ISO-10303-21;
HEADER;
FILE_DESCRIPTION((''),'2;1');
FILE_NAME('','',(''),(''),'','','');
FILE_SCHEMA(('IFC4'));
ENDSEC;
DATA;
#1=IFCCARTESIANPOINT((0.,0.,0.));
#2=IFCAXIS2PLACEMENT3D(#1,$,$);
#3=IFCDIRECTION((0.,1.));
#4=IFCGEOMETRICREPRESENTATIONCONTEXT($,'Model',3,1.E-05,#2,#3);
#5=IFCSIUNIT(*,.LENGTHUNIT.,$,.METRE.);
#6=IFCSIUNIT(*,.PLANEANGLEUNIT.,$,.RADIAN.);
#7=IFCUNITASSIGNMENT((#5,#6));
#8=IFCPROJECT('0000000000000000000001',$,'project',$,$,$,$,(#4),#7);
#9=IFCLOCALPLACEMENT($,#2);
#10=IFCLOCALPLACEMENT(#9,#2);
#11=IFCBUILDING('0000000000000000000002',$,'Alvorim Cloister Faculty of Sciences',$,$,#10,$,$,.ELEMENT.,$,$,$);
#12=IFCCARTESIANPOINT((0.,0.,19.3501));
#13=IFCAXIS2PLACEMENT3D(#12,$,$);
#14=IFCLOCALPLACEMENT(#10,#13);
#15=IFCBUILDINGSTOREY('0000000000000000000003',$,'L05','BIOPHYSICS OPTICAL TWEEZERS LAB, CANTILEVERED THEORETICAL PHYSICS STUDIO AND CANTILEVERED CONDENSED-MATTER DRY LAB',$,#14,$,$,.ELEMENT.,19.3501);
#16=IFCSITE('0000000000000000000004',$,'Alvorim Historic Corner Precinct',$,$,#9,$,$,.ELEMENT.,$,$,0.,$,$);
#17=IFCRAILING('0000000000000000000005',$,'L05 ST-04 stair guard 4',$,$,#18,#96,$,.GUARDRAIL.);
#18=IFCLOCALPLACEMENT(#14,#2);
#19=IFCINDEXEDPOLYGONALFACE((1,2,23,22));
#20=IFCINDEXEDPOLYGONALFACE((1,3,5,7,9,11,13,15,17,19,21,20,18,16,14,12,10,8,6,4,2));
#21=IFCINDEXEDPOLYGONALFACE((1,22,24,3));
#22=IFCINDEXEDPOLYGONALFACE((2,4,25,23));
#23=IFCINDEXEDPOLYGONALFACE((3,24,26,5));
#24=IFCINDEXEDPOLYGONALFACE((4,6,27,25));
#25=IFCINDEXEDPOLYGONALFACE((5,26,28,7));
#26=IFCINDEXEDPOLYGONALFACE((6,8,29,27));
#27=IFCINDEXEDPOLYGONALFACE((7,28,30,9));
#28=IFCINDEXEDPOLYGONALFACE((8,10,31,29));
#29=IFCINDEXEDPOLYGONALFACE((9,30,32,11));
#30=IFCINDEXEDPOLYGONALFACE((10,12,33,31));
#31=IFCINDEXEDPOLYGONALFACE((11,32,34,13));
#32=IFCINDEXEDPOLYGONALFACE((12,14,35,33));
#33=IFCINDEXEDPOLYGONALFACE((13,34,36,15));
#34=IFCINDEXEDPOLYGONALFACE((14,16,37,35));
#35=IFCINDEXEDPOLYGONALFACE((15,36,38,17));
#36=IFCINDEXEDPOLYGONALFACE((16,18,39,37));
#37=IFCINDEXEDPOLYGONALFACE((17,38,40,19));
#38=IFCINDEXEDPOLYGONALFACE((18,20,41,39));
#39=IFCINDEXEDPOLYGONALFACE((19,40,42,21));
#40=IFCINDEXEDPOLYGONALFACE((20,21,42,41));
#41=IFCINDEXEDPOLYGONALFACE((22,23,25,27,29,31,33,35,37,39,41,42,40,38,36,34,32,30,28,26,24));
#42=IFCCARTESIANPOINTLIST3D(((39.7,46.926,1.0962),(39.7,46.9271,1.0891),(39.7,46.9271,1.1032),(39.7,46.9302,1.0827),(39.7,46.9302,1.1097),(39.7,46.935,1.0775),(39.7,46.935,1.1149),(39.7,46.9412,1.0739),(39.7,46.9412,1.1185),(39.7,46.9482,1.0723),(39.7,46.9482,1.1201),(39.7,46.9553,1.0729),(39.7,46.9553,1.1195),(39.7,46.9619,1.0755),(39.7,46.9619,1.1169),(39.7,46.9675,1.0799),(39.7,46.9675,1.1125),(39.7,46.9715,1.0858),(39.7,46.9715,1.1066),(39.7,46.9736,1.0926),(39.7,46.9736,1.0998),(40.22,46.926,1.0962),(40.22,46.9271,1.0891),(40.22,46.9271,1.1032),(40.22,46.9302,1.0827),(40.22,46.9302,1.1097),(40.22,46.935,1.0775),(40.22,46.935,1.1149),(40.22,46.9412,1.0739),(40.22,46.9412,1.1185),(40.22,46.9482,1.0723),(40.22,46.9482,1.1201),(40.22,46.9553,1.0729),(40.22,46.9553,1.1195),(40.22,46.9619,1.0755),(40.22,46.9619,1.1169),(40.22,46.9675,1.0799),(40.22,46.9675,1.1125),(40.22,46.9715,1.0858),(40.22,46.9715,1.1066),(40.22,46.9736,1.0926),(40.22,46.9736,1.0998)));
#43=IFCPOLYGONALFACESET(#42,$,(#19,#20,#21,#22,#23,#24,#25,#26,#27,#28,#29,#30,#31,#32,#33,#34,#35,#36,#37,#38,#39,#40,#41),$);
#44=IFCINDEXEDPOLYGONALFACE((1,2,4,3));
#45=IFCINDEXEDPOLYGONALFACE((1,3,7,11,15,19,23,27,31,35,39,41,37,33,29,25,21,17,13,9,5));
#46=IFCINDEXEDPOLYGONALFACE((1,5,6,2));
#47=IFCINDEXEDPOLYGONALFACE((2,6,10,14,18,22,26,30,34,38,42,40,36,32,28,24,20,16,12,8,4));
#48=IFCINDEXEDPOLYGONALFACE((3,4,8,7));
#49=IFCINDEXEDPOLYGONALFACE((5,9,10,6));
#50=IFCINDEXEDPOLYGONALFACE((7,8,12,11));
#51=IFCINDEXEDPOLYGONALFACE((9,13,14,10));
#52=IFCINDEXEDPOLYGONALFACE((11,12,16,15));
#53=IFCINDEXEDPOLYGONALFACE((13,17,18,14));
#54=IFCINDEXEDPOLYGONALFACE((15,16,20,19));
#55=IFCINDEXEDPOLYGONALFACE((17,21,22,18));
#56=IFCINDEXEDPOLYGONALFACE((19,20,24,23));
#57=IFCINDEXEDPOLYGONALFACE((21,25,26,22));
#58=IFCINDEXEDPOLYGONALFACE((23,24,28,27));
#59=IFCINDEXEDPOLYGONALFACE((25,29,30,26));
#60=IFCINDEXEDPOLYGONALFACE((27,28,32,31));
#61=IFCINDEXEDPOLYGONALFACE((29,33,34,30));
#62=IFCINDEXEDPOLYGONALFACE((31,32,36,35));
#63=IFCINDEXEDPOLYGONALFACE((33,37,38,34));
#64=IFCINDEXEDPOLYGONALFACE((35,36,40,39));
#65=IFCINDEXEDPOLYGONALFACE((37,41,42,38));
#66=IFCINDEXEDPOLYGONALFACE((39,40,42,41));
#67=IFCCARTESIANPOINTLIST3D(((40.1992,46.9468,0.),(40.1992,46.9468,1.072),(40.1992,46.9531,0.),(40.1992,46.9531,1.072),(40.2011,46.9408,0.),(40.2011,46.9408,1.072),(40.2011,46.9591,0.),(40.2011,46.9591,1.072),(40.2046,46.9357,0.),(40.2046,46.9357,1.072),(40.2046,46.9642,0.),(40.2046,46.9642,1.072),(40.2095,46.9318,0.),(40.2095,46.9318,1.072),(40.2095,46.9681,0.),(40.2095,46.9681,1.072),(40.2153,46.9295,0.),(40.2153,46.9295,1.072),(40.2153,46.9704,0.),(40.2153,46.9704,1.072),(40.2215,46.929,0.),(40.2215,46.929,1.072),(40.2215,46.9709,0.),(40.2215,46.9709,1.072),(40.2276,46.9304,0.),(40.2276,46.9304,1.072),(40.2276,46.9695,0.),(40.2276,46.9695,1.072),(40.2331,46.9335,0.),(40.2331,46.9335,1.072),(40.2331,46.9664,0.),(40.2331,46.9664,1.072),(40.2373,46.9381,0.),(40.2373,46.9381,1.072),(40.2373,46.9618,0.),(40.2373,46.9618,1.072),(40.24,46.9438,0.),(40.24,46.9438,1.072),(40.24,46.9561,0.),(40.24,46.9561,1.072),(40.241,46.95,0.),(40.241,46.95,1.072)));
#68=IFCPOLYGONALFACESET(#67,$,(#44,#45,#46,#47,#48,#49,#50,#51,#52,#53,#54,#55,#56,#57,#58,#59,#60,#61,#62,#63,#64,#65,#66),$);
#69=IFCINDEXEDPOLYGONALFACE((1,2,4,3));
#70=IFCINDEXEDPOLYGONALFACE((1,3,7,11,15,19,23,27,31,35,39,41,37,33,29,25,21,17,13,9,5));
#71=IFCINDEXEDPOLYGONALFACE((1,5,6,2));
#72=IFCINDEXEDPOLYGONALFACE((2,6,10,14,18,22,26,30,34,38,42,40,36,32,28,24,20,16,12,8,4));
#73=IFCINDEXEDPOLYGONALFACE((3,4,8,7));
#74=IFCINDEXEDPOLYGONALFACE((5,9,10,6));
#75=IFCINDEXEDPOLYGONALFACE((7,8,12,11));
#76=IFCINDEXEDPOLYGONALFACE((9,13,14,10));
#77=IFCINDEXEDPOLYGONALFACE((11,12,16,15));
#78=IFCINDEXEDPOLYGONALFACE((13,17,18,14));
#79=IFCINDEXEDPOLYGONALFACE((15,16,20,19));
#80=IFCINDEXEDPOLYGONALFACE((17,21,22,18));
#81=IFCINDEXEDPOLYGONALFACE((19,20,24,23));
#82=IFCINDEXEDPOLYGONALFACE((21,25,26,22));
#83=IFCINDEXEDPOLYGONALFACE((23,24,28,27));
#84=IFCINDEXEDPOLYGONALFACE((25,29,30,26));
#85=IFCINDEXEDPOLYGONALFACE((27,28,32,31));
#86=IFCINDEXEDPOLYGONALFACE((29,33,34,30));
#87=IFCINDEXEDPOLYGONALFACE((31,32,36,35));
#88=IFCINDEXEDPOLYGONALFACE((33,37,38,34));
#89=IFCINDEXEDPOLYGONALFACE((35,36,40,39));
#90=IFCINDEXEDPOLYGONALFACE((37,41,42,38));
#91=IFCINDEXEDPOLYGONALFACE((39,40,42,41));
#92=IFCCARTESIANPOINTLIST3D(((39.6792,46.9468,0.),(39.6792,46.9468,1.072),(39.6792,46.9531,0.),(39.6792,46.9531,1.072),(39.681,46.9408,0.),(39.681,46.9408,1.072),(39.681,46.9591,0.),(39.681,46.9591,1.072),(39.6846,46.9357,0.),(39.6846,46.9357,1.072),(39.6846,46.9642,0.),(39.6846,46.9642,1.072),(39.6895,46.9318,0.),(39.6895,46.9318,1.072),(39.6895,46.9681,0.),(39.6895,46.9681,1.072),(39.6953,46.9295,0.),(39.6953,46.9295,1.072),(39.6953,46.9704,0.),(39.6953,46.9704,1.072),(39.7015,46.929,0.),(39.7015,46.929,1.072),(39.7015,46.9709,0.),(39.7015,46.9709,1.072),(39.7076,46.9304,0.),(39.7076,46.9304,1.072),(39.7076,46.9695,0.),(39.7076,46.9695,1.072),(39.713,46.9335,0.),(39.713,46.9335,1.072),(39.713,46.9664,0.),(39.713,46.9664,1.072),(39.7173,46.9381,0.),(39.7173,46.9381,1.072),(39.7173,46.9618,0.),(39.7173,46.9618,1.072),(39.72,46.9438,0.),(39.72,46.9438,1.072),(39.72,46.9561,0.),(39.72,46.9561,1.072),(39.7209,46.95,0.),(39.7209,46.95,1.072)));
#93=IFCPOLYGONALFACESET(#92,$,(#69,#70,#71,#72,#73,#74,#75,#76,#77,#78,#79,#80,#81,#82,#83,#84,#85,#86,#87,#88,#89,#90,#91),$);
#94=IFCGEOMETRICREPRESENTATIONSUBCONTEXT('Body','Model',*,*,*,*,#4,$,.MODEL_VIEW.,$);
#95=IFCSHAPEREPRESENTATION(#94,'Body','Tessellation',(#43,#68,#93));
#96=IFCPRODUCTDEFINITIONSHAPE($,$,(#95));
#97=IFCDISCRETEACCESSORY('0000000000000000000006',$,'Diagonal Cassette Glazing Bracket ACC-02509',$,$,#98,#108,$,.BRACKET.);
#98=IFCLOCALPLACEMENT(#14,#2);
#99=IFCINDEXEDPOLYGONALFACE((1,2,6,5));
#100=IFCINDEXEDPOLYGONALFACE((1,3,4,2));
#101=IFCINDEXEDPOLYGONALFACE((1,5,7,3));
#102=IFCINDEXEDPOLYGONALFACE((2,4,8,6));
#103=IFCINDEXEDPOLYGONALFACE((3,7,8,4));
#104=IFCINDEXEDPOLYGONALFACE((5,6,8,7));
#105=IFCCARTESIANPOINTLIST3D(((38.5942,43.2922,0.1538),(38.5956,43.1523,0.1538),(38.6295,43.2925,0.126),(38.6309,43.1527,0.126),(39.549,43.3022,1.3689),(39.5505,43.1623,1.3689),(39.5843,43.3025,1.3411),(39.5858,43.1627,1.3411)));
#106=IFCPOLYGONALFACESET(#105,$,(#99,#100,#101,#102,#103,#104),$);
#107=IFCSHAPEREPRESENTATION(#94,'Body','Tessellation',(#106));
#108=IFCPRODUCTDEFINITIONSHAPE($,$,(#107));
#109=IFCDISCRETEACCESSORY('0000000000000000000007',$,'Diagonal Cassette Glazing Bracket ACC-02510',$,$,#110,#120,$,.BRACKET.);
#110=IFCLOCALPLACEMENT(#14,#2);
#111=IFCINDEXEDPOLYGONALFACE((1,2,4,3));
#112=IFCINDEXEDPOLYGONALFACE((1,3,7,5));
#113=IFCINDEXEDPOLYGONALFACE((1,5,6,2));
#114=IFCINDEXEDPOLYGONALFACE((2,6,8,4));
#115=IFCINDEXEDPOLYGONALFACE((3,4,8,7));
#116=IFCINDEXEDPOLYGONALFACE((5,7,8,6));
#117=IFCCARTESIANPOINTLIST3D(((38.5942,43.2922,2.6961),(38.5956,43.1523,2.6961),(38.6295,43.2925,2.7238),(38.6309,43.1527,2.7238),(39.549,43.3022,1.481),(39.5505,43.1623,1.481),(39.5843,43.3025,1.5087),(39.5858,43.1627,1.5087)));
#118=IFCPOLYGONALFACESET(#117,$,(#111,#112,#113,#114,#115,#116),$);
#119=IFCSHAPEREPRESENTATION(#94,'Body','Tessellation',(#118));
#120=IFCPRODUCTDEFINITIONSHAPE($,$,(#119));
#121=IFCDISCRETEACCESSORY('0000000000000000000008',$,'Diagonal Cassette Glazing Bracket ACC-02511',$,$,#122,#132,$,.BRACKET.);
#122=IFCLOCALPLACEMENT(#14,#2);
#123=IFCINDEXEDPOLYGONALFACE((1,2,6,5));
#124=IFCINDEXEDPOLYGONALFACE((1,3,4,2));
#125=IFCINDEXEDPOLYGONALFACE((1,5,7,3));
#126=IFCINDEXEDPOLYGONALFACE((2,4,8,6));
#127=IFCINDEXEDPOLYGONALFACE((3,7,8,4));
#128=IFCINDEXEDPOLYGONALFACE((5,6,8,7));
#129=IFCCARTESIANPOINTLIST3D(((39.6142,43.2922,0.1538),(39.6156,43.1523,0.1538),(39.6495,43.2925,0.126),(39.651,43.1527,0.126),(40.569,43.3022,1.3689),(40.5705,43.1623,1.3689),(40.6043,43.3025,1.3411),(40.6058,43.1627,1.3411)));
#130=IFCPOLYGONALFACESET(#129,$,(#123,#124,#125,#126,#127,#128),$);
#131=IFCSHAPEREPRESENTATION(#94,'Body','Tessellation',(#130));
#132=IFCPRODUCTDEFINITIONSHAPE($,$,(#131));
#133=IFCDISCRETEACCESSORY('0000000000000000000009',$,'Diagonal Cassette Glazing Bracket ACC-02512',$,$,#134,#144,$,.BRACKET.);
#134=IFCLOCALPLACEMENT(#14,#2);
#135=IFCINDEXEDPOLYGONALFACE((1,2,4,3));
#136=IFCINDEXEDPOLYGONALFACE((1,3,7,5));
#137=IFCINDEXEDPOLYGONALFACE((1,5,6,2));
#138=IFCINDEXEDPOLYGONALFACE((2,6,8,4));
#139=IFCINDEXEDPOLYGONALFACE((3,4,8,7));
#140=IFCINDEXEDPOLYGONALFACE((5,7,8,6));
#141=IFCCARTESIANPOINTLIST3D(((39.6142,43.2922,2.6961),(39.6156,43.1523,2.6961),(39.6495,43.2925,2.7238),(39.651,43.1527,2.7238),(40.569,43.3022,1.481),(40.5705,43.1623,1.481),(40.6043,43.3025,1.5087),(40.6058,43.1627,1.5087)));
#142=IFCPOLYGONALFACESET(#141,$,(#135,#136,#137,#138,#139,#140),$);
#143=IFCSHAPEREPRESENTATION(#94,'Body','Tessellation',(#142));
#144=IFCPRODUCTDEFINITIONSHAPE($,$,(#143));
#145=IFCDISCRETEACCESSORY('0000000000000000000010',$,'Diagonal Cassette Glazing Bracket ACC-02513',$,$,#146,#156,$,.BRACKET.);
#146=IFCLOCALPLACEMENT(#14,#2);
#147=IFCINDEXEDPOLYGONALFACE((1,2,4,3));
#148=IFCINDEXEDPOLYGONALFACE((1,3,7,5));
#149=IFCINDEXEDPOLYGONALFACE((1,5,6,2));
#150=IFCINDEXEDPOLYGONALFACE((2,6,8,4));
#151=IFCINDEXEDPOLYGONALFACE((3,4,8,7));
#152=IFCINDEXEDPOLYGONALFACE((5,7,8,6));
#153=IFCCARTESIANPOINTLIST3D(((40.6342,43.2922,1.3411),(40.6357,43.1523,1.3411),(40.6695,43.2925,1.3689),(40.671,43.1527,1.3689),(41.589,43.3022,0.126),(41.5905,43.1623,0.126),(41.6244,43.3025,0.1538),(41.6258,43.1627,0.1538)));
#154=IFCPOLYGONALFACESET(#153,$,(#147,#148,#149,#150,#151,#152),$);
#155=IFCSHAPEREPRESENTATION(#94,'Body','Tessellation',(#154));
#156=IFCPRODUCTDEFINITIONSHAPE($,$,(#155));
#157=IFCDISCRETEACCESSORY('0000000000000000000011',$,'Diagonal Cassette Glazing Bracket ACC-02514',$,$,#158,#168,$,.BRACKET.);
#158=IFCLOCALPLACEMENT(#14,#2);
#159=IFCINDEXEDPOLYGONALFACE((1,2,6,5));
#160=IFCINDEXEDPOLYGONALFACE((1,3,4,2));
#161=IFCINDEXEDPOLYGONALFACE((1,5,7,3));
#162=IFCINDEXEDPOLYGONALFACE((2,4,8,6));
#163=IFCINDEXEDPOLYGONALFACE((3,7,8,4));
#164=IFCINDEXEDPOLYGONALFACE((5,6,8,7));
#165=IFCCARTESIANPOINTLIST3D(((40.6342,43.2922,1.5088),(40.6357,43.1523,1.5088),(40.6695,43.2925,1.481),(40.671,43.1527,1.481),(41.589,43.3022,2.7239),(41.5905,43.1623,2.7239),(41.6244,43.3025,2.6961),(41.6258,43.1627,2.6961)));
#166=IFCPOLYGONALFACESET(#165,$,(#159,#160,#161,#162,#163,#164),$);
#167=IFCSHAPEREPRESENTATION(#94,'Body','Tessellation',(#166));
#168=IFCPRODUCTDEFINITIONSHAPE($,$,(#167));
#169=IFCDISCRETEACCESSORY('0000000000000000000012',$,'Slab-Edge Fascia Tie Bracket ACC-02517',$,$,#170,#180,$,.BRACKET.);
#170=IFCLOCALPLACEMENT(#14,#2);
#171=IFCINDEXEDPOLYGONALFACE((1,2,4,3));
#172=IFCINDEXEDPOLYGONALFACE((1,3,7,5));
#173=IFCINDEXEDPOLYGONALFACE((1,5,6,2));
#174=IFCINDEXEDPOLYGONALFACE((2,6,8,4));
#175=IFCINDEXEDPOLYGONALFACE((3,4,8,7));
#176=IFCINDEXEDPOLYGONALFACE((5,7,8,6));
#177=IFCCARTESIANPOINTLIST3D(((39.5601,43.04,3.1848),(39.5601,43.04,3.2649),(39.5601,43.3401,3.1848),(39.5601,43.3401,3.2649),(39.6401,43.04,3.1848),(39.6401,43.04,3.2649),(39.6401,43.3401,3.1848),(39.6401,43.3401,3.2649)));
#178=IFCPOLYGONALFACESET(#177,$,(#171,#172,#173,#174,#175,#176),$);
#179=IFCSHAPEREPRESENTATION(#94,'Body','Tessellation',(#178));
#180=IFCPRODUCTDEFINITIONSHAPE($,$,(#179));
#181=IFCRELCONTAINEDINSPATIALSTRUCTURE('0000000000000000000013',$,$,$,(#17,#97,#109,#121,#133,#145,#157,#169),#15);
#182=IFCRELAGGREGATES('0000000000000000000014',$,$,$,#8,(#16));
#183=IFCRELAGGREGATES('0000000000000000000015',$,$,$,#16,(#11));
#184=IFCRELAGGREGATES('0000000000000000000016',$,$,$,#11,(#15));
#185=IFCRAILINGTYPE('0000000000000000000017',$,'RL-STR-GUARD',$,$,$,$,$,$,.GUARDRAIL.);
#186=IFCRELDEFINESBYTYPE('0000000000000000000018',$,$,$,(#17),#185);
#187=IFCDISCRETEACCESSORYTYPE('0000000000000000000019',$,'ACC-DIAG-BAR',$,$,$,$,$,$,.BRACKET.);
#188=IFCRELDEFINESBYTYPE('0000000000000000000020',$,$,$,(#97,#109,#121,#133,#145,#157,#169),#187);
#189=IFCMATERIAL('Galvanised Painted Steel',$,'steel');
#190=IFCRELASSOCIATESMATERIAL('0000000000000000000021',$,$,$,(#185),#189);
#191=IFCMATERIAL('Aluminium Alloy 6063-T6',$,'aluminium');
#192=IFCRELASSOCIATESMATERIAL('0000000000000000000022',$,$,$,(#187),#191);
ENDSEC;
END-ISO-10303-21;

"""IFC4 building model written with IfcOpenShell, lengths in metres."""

from ifc_helpers import new_model, si_unit, direction, frame, origin, origin_2d, place, context, subcontext, project, spatial, rectangle, circle, extrude, material, type_object, element, save


model = new_model("IFC4")

# Units and contexts
model_context = context("Model", 3, precision=1e-05, world=origin(), true_north=direction((0.0, 1.0)))
body_context = subcontext(model_context, "Body", "Model", "MODEL_VIEW")
ifc_project = project(units=[si_unit("LENGTHUNIT", "METRE"), si_unit("PLANEANGLEUNIT", "RADIAN")], contexts=[model_context])

# Site, building, storey
site_placement = place(None, origin())
site = spatial("IfcSite", under=ifc_project, at=site_placement, Name="Alvorim Historic Corner Precinct", CompositionType="ELEMENT", RefElevation=0.0)
building_placement = place(site_placement, origin())
building = spatial("IfcBuilding", under=site, at=building_placement, Name="Alvorim Cloister Faculty of Sciences", CompositionType="ELEMENT")
storey_placement = place(building_placement, frame((0.0, 0.0, 19.3501)))
storey = spatial("IfcBuildingStorey", under=building, at=storey_placement, Name="L05", Description="BIOPHYSICS OPTICAL TWEEZERS LAB, CANTILEVERED THEORETICAL PHYSICS STUDIO AND CANTILEVERED CONDENSED-MATTER DRY LAB", CompositionType="ELEMENT", Elevation=19.3501)

# Shared definitions
ifc_material_1 = material(Name="Aluminium Alloy 6063-T6", Category="aluminium")

# Railing
ifc_material_2 = material(Name="Galvanised Painted Steel", Category="steel")
railing_type = type_object("IfcRailingType", Name="RL-STR-GUARD", PredefinedType="GUARDRAIL", material=ifc_material_2)
railing_1_placement = place(storey_placement, frame((40.22, 46.95, 0.0)))
element("IfcRailing", 1, at=railing_1_placement, inside=storey, type_object=railing_type, Name="L05 ST-04 stair guard 4", PredefinedType="GUARDRAIL", context=body_context, shape_type="SweptSolid", body=[
    extrude(circle(Radius=0.0239, at=origin_2d()), frame((0.0, 0.0, 1.0962), z_axis=(-1.0, 0.0, 0.0), x_axis=(0.0, -1.0, 0.0)), (0.0, 0.0, 1.0), 0.52),
    extrude(circle(Radius=0.021, at=origin_2d()), origin(), (0.0, 0.0, 1.0), 1.072),
    extrude(circle(Radius=0.021, at=origin_2d()), frame((-0.52, 0.0, 0.0)), (0.0, 0.0, 1.0), 1.072),
])

# Discrete accessories
discrete_accessory_type = type_object("IfcDiscreteAccessoryType", Name="ACC-DIAG-BAR", PredefinedType="BRACKET", material=ifc_material_1)
for number, where, z_axis, x_axis, name in (
    (2, (38.6125, 43.2224, 0.1399), (0.617857, 0.006477, 0.786263), (-0.010483, 0.999945, 0.0), "Diagonal Cassette Glazing Bracket ACC-02509"),
    (3, (38.6125, 43.2224, 2.71), (0.617857, 0.006477, -0.786263), (-0.010483, 0.999945, 0.0), "Diagonal Cassette Glazing Bracket ACC-02510"),
    (4, (39.6326, 43.2224, 0.1399), (0.617857, 0.006477, 0.786263), (-0.010483, 0.999945, 0.0), "Diagonal Cassette Glazing Bracket ACC-02511"),
    (5, (39.6326, 43.2224, 2.71), (0.617857, 0.006477, -0.786263), (-0.010483, 0.999945, 0.0), "Diagonal Cassette Glazing Bracket ACC-02512"),
    (6, (40.6526, 43.2224, 1.355), (0.617857, 0.006477, -0.786263), (-0.010483, 0.999945, 0.0), "Diagonal Cassette Glazing Bracket ACC-02513"),
    (7, (40.6526, 43.2224, 1.4949), (0.617857, 0.006477, 0.786263), (-0.010483, 0.999945, 0.0), "Diagonal Cassette Glazing Bracket ACC-02514"),
):
    element("IfcDiscreteAccessory", number, at=place(storey_placement, frame(where, z_axis=z_axis, x_axis=x_axis)), inside=storey, type_object=discrete_accessory_type, Name=name, PredefinedType="BRACKET", context=body_context, shape_type="SweptSolid", body=[
        extrude(rectangle(XDim=0.1399, YDim=0.0449, at=origin_2d()), origin(), (0.0, 0.0, 1.0), 1.5454),
    ])
discrete_accessory_placement = place(storey_placement, frame((39.6001, 43.3401, 3.2249), z_axis=(0.0, -1.0, 0.0), x_axis=(1.0, 0.0, 0.0)))
element("IfcDiscreteAccessory", 8, at=discrete_accessory_placement, inside=storey, type_object=discrete_accessory_type, Name="Slab-Edge Fascia Tie Bracket ACC-02517", PredefinedType="BRACKET", context=body_context, shape_type="SweptSolid", body=[
    extrude(rectangle(XDim=0.0801, YDim=0.0801, at=origin_2d()), origin(), (0.0, 0.0, 1.0), 0.3),
])

save(model, "model.ifc")
